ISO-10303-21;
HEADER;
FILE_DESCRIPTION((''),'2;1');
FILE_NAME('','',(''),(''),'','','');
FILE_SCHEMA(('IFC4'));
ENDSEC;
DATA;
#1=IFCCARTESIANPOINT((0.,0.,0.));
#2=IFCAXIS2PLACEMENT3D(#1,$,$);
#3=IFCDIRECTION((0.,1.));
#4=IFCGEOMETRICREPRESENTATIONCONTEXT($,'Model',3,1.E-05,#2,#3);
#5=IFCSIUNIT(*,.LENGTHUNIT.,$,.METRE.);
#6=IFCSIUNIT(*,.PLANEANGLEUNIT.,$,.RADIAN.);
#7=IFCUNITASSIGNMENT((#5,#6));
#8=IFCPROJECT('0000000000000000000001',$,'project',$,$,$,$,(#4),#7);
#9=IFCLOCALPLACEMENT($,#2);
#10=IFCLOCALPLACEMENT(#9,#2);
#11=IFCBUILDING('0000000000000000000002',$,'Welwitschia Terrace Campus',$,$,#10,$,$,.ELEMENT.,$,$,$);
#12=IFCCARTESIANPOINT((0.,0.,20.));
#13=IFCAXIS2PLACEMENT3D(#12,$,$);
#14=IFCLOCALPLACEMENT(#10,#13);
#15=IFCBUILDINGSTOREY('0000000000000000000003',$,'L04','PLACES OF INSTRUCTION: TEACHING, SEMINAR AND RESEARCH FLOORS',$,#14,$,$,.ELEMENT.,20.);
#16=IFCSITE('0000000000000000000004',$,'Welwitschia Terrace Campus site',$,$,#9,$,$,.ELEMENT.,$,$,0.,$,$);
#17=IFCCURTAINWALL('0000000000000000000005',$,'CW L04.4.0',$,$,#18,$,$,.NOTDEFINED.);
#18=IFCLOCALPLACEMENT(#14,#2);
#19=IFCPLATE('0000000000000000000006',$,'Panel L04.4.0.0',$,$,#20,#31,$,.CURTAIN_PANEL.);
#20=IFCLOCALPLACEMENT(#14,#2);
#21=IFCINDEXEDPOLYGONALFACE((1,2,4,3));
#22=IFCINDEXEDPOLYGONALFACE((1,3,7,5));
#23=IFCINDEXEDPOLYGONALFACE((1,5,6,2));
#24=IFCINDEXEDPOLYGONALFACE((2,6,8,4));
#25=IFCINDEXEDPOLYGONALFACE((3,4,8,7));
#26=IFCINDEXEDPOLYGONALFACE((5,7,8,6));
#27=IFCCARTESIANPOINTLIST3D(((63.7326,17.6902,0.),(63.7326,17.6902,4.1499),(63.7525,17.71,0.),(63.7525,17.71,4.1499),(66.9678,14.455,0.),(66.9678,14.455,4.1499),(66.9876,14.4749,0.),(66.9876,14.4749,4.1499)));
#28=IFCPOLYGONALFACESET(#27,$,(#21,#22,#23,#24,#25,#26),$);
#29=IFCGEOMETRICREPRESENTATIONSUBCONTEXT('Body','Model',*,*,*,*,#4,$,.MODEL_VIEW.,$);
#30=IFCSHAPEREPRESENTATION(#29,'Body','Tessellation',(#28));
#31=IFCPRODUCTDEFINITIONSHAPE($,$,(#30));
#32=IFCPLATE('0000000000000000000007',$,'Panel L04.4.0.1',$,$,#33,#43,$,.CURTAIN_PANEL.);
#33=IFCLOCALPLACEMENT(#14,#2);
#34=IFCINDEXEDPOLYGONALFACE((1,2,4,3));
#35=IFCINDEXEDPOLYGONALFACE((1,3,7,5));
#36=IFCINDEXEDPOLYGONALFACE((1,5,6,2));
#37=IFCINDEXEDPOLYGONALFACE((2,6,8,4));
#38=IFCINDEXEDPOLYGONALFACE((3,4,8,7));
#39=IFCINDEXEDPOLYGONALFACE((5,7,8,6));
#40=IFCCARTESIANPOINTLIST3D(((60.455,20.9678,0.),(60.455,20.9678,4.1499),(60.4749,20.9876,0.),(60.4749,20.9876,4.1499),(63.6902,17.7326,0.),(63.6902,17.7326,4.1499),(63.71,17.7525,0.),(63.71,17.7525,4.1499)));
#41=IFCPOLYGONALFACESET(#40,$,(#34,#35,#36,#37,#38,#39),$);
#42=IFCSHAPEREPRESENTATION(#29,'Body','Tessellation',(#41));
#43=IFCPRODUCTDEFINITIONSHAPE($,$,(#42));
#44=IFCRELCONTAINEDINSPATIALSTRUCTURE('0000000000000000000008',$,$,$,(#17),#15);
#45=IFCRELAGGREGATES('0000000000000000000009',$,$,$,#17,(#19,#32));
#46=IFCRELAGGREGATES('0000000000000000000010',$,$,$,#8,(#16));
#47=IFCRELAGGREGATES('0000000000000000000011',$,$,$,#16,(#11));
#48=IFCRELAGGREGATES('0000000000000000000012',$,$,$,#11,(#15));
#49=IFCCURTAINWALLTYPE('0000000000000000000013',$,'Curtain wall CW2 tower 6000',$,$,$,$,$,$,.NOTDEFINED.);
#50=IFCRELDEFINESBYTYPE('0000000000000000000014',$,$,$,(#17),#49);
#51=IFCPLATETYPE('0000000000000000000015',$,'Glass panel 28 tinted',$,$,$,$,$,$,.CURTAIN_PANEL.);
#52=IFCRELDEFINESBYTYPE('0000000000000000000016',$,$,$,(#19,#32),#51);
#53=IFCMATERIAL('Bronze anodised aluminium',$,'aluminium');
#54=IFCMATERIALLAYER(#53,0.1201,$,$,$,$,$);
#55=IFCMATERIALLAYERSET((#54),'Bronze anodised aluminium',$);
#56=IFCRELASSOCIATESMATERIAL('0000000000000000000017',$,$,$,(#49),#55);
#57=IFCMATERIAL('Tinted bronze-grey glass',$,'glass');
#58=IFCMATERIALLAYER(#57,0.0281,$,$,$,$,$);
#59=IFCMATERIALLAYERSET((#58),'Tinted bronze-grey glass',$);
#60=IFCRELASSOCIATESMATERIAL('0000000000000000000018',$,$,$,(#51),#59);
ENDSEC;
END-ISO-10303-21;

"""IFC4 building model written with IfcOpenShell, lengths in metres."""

from ifc_helpers import new_model, si_unit, direction, frame, origin, origin_2d, place, context, subcontext, project, spatial, rectangle, extrude, material, layer, layer_set, type_object, element, aggregate, save


model = new_model("IFC4")

# Units and contexts
model_context = context("Model", 3, precision=1e-05, world=origin(), true_north=direction((0.0, 1.0)))
body_context = subcontext(model_context, "Body", "Model", "MODEL_VIEW")
ifc_project = project(units=[si_unit("LENGTHUNIT", "METRE"), si_unit("PLANEANGLEUNIT", "RADIAN")], contexts=[model_context])

# Site, building, storey
site_placement = place(None, origin())
site = spatial("IfcSite", under=ifc_project, at=site_placement, Name="Welwitschia Terrace Campus site", CompositionType="ELEMENT", RefElevation=0.0)
building_placement = place(site_placement, origin())
building = spatial("IfcBuilding", under=site, at=building_placement, Name="Welwitschia Terrace Campus", CompositionType="ELEMENT")
storey_placement = place(building_placement, frame((0.0, 0.0, 20.0)))
storey = spatial("IfcBuildingStorey", under=building, at=storey_placement, Name="L04", Description="PLACES OF INSTRUCTION: TEACHING, SEMINAR AND RESEARCH FLOORS", CompositionType="ELEMENT", Elevation=20.0)

# Curtain wall
ifc_material_1 = material(Name="Bronze anodised aluminium", Category="aluminium")
ifc_layer_1 = layer(ifc_material_1, 0.1201)
ifc_layer_set_1 = layer_set([ifc_layer_1], Name="Bronze anodised aluminium")
curtain_wall_type = type_object("IfcCurtainWallType", Name="Curtain wall CW2 tower 6000", PredefinedType="NOTDEFINED", material=ifc_layer_set_1)
curtain_wall_1_placement = place(storey_placement, origin())
curtain_wall_1 = element("IfcCurtainWall", 1, at=curtain_wall_1_placement, inside=storey, type_object=curtain_wall_type, Name="CW L04.4.0", PredefinedType="NOTDEFINED")

# Plates
ifc_material_2 = material(Name="Tinted bronze-grey glass", Category="glass")
ifc_layer_2 = layer(ifc_material_2, 0.0281)
ifc_layer_set_2 = layer_set([ifc_layer_2], Name="Tinted bronze-grey glass")
plate_type = type_object("IfcPlateType", Name="Glass panel 28 tinted", PredefinedType="CURTAIN_PANEL", material=ifc_layer_set_2)
plate_1_placement = place(storey_placement, frame((65.3601, 16.0825, 0.0), z_axis=(0.0, 0.0, 1.0), x_axis=(-0.707107, 0.707107, 0.0)))
plate_1 = element("IfcPlate", 2, at=plate_1_placement, type_object=plate_type, Name="Panel L04.4.0.0", PredefinedType="CURTAIN_PANEL", context=body_context, shape_type="SweptSolid", body=[
    extrude(rectangle(XDim=4.5752, YDim=0.0281, at=origin_2d()), origin(), (0.0, 0.0, 1.0), 4.1499),
])
plate_2_placement = place(storey_placement, frame((62.0825, 19.3601, 0.0), z_axis=(0.0, 0.0, 1.0), x_axis=(-0.707107, 0.707107, 0.0)))
plate_2 = element("IfcPlate", 3, at=plate_2_placement, type_object=plate_type, Name="Panel L04.4.0.1", PredefinedType="CURTAIN_PANEL", context=body_context, shape_type="SweptSolid", body=[
    extrude(rectangle(XDim=4.5752, YDim=0.0281, at=origin_2d()), origin(), (0.0, 0.0, 1.0), 4.1499),
])
aggregate(curtain_wall_1, [plate_1, plate_2])

save(model, "model.ifc")
